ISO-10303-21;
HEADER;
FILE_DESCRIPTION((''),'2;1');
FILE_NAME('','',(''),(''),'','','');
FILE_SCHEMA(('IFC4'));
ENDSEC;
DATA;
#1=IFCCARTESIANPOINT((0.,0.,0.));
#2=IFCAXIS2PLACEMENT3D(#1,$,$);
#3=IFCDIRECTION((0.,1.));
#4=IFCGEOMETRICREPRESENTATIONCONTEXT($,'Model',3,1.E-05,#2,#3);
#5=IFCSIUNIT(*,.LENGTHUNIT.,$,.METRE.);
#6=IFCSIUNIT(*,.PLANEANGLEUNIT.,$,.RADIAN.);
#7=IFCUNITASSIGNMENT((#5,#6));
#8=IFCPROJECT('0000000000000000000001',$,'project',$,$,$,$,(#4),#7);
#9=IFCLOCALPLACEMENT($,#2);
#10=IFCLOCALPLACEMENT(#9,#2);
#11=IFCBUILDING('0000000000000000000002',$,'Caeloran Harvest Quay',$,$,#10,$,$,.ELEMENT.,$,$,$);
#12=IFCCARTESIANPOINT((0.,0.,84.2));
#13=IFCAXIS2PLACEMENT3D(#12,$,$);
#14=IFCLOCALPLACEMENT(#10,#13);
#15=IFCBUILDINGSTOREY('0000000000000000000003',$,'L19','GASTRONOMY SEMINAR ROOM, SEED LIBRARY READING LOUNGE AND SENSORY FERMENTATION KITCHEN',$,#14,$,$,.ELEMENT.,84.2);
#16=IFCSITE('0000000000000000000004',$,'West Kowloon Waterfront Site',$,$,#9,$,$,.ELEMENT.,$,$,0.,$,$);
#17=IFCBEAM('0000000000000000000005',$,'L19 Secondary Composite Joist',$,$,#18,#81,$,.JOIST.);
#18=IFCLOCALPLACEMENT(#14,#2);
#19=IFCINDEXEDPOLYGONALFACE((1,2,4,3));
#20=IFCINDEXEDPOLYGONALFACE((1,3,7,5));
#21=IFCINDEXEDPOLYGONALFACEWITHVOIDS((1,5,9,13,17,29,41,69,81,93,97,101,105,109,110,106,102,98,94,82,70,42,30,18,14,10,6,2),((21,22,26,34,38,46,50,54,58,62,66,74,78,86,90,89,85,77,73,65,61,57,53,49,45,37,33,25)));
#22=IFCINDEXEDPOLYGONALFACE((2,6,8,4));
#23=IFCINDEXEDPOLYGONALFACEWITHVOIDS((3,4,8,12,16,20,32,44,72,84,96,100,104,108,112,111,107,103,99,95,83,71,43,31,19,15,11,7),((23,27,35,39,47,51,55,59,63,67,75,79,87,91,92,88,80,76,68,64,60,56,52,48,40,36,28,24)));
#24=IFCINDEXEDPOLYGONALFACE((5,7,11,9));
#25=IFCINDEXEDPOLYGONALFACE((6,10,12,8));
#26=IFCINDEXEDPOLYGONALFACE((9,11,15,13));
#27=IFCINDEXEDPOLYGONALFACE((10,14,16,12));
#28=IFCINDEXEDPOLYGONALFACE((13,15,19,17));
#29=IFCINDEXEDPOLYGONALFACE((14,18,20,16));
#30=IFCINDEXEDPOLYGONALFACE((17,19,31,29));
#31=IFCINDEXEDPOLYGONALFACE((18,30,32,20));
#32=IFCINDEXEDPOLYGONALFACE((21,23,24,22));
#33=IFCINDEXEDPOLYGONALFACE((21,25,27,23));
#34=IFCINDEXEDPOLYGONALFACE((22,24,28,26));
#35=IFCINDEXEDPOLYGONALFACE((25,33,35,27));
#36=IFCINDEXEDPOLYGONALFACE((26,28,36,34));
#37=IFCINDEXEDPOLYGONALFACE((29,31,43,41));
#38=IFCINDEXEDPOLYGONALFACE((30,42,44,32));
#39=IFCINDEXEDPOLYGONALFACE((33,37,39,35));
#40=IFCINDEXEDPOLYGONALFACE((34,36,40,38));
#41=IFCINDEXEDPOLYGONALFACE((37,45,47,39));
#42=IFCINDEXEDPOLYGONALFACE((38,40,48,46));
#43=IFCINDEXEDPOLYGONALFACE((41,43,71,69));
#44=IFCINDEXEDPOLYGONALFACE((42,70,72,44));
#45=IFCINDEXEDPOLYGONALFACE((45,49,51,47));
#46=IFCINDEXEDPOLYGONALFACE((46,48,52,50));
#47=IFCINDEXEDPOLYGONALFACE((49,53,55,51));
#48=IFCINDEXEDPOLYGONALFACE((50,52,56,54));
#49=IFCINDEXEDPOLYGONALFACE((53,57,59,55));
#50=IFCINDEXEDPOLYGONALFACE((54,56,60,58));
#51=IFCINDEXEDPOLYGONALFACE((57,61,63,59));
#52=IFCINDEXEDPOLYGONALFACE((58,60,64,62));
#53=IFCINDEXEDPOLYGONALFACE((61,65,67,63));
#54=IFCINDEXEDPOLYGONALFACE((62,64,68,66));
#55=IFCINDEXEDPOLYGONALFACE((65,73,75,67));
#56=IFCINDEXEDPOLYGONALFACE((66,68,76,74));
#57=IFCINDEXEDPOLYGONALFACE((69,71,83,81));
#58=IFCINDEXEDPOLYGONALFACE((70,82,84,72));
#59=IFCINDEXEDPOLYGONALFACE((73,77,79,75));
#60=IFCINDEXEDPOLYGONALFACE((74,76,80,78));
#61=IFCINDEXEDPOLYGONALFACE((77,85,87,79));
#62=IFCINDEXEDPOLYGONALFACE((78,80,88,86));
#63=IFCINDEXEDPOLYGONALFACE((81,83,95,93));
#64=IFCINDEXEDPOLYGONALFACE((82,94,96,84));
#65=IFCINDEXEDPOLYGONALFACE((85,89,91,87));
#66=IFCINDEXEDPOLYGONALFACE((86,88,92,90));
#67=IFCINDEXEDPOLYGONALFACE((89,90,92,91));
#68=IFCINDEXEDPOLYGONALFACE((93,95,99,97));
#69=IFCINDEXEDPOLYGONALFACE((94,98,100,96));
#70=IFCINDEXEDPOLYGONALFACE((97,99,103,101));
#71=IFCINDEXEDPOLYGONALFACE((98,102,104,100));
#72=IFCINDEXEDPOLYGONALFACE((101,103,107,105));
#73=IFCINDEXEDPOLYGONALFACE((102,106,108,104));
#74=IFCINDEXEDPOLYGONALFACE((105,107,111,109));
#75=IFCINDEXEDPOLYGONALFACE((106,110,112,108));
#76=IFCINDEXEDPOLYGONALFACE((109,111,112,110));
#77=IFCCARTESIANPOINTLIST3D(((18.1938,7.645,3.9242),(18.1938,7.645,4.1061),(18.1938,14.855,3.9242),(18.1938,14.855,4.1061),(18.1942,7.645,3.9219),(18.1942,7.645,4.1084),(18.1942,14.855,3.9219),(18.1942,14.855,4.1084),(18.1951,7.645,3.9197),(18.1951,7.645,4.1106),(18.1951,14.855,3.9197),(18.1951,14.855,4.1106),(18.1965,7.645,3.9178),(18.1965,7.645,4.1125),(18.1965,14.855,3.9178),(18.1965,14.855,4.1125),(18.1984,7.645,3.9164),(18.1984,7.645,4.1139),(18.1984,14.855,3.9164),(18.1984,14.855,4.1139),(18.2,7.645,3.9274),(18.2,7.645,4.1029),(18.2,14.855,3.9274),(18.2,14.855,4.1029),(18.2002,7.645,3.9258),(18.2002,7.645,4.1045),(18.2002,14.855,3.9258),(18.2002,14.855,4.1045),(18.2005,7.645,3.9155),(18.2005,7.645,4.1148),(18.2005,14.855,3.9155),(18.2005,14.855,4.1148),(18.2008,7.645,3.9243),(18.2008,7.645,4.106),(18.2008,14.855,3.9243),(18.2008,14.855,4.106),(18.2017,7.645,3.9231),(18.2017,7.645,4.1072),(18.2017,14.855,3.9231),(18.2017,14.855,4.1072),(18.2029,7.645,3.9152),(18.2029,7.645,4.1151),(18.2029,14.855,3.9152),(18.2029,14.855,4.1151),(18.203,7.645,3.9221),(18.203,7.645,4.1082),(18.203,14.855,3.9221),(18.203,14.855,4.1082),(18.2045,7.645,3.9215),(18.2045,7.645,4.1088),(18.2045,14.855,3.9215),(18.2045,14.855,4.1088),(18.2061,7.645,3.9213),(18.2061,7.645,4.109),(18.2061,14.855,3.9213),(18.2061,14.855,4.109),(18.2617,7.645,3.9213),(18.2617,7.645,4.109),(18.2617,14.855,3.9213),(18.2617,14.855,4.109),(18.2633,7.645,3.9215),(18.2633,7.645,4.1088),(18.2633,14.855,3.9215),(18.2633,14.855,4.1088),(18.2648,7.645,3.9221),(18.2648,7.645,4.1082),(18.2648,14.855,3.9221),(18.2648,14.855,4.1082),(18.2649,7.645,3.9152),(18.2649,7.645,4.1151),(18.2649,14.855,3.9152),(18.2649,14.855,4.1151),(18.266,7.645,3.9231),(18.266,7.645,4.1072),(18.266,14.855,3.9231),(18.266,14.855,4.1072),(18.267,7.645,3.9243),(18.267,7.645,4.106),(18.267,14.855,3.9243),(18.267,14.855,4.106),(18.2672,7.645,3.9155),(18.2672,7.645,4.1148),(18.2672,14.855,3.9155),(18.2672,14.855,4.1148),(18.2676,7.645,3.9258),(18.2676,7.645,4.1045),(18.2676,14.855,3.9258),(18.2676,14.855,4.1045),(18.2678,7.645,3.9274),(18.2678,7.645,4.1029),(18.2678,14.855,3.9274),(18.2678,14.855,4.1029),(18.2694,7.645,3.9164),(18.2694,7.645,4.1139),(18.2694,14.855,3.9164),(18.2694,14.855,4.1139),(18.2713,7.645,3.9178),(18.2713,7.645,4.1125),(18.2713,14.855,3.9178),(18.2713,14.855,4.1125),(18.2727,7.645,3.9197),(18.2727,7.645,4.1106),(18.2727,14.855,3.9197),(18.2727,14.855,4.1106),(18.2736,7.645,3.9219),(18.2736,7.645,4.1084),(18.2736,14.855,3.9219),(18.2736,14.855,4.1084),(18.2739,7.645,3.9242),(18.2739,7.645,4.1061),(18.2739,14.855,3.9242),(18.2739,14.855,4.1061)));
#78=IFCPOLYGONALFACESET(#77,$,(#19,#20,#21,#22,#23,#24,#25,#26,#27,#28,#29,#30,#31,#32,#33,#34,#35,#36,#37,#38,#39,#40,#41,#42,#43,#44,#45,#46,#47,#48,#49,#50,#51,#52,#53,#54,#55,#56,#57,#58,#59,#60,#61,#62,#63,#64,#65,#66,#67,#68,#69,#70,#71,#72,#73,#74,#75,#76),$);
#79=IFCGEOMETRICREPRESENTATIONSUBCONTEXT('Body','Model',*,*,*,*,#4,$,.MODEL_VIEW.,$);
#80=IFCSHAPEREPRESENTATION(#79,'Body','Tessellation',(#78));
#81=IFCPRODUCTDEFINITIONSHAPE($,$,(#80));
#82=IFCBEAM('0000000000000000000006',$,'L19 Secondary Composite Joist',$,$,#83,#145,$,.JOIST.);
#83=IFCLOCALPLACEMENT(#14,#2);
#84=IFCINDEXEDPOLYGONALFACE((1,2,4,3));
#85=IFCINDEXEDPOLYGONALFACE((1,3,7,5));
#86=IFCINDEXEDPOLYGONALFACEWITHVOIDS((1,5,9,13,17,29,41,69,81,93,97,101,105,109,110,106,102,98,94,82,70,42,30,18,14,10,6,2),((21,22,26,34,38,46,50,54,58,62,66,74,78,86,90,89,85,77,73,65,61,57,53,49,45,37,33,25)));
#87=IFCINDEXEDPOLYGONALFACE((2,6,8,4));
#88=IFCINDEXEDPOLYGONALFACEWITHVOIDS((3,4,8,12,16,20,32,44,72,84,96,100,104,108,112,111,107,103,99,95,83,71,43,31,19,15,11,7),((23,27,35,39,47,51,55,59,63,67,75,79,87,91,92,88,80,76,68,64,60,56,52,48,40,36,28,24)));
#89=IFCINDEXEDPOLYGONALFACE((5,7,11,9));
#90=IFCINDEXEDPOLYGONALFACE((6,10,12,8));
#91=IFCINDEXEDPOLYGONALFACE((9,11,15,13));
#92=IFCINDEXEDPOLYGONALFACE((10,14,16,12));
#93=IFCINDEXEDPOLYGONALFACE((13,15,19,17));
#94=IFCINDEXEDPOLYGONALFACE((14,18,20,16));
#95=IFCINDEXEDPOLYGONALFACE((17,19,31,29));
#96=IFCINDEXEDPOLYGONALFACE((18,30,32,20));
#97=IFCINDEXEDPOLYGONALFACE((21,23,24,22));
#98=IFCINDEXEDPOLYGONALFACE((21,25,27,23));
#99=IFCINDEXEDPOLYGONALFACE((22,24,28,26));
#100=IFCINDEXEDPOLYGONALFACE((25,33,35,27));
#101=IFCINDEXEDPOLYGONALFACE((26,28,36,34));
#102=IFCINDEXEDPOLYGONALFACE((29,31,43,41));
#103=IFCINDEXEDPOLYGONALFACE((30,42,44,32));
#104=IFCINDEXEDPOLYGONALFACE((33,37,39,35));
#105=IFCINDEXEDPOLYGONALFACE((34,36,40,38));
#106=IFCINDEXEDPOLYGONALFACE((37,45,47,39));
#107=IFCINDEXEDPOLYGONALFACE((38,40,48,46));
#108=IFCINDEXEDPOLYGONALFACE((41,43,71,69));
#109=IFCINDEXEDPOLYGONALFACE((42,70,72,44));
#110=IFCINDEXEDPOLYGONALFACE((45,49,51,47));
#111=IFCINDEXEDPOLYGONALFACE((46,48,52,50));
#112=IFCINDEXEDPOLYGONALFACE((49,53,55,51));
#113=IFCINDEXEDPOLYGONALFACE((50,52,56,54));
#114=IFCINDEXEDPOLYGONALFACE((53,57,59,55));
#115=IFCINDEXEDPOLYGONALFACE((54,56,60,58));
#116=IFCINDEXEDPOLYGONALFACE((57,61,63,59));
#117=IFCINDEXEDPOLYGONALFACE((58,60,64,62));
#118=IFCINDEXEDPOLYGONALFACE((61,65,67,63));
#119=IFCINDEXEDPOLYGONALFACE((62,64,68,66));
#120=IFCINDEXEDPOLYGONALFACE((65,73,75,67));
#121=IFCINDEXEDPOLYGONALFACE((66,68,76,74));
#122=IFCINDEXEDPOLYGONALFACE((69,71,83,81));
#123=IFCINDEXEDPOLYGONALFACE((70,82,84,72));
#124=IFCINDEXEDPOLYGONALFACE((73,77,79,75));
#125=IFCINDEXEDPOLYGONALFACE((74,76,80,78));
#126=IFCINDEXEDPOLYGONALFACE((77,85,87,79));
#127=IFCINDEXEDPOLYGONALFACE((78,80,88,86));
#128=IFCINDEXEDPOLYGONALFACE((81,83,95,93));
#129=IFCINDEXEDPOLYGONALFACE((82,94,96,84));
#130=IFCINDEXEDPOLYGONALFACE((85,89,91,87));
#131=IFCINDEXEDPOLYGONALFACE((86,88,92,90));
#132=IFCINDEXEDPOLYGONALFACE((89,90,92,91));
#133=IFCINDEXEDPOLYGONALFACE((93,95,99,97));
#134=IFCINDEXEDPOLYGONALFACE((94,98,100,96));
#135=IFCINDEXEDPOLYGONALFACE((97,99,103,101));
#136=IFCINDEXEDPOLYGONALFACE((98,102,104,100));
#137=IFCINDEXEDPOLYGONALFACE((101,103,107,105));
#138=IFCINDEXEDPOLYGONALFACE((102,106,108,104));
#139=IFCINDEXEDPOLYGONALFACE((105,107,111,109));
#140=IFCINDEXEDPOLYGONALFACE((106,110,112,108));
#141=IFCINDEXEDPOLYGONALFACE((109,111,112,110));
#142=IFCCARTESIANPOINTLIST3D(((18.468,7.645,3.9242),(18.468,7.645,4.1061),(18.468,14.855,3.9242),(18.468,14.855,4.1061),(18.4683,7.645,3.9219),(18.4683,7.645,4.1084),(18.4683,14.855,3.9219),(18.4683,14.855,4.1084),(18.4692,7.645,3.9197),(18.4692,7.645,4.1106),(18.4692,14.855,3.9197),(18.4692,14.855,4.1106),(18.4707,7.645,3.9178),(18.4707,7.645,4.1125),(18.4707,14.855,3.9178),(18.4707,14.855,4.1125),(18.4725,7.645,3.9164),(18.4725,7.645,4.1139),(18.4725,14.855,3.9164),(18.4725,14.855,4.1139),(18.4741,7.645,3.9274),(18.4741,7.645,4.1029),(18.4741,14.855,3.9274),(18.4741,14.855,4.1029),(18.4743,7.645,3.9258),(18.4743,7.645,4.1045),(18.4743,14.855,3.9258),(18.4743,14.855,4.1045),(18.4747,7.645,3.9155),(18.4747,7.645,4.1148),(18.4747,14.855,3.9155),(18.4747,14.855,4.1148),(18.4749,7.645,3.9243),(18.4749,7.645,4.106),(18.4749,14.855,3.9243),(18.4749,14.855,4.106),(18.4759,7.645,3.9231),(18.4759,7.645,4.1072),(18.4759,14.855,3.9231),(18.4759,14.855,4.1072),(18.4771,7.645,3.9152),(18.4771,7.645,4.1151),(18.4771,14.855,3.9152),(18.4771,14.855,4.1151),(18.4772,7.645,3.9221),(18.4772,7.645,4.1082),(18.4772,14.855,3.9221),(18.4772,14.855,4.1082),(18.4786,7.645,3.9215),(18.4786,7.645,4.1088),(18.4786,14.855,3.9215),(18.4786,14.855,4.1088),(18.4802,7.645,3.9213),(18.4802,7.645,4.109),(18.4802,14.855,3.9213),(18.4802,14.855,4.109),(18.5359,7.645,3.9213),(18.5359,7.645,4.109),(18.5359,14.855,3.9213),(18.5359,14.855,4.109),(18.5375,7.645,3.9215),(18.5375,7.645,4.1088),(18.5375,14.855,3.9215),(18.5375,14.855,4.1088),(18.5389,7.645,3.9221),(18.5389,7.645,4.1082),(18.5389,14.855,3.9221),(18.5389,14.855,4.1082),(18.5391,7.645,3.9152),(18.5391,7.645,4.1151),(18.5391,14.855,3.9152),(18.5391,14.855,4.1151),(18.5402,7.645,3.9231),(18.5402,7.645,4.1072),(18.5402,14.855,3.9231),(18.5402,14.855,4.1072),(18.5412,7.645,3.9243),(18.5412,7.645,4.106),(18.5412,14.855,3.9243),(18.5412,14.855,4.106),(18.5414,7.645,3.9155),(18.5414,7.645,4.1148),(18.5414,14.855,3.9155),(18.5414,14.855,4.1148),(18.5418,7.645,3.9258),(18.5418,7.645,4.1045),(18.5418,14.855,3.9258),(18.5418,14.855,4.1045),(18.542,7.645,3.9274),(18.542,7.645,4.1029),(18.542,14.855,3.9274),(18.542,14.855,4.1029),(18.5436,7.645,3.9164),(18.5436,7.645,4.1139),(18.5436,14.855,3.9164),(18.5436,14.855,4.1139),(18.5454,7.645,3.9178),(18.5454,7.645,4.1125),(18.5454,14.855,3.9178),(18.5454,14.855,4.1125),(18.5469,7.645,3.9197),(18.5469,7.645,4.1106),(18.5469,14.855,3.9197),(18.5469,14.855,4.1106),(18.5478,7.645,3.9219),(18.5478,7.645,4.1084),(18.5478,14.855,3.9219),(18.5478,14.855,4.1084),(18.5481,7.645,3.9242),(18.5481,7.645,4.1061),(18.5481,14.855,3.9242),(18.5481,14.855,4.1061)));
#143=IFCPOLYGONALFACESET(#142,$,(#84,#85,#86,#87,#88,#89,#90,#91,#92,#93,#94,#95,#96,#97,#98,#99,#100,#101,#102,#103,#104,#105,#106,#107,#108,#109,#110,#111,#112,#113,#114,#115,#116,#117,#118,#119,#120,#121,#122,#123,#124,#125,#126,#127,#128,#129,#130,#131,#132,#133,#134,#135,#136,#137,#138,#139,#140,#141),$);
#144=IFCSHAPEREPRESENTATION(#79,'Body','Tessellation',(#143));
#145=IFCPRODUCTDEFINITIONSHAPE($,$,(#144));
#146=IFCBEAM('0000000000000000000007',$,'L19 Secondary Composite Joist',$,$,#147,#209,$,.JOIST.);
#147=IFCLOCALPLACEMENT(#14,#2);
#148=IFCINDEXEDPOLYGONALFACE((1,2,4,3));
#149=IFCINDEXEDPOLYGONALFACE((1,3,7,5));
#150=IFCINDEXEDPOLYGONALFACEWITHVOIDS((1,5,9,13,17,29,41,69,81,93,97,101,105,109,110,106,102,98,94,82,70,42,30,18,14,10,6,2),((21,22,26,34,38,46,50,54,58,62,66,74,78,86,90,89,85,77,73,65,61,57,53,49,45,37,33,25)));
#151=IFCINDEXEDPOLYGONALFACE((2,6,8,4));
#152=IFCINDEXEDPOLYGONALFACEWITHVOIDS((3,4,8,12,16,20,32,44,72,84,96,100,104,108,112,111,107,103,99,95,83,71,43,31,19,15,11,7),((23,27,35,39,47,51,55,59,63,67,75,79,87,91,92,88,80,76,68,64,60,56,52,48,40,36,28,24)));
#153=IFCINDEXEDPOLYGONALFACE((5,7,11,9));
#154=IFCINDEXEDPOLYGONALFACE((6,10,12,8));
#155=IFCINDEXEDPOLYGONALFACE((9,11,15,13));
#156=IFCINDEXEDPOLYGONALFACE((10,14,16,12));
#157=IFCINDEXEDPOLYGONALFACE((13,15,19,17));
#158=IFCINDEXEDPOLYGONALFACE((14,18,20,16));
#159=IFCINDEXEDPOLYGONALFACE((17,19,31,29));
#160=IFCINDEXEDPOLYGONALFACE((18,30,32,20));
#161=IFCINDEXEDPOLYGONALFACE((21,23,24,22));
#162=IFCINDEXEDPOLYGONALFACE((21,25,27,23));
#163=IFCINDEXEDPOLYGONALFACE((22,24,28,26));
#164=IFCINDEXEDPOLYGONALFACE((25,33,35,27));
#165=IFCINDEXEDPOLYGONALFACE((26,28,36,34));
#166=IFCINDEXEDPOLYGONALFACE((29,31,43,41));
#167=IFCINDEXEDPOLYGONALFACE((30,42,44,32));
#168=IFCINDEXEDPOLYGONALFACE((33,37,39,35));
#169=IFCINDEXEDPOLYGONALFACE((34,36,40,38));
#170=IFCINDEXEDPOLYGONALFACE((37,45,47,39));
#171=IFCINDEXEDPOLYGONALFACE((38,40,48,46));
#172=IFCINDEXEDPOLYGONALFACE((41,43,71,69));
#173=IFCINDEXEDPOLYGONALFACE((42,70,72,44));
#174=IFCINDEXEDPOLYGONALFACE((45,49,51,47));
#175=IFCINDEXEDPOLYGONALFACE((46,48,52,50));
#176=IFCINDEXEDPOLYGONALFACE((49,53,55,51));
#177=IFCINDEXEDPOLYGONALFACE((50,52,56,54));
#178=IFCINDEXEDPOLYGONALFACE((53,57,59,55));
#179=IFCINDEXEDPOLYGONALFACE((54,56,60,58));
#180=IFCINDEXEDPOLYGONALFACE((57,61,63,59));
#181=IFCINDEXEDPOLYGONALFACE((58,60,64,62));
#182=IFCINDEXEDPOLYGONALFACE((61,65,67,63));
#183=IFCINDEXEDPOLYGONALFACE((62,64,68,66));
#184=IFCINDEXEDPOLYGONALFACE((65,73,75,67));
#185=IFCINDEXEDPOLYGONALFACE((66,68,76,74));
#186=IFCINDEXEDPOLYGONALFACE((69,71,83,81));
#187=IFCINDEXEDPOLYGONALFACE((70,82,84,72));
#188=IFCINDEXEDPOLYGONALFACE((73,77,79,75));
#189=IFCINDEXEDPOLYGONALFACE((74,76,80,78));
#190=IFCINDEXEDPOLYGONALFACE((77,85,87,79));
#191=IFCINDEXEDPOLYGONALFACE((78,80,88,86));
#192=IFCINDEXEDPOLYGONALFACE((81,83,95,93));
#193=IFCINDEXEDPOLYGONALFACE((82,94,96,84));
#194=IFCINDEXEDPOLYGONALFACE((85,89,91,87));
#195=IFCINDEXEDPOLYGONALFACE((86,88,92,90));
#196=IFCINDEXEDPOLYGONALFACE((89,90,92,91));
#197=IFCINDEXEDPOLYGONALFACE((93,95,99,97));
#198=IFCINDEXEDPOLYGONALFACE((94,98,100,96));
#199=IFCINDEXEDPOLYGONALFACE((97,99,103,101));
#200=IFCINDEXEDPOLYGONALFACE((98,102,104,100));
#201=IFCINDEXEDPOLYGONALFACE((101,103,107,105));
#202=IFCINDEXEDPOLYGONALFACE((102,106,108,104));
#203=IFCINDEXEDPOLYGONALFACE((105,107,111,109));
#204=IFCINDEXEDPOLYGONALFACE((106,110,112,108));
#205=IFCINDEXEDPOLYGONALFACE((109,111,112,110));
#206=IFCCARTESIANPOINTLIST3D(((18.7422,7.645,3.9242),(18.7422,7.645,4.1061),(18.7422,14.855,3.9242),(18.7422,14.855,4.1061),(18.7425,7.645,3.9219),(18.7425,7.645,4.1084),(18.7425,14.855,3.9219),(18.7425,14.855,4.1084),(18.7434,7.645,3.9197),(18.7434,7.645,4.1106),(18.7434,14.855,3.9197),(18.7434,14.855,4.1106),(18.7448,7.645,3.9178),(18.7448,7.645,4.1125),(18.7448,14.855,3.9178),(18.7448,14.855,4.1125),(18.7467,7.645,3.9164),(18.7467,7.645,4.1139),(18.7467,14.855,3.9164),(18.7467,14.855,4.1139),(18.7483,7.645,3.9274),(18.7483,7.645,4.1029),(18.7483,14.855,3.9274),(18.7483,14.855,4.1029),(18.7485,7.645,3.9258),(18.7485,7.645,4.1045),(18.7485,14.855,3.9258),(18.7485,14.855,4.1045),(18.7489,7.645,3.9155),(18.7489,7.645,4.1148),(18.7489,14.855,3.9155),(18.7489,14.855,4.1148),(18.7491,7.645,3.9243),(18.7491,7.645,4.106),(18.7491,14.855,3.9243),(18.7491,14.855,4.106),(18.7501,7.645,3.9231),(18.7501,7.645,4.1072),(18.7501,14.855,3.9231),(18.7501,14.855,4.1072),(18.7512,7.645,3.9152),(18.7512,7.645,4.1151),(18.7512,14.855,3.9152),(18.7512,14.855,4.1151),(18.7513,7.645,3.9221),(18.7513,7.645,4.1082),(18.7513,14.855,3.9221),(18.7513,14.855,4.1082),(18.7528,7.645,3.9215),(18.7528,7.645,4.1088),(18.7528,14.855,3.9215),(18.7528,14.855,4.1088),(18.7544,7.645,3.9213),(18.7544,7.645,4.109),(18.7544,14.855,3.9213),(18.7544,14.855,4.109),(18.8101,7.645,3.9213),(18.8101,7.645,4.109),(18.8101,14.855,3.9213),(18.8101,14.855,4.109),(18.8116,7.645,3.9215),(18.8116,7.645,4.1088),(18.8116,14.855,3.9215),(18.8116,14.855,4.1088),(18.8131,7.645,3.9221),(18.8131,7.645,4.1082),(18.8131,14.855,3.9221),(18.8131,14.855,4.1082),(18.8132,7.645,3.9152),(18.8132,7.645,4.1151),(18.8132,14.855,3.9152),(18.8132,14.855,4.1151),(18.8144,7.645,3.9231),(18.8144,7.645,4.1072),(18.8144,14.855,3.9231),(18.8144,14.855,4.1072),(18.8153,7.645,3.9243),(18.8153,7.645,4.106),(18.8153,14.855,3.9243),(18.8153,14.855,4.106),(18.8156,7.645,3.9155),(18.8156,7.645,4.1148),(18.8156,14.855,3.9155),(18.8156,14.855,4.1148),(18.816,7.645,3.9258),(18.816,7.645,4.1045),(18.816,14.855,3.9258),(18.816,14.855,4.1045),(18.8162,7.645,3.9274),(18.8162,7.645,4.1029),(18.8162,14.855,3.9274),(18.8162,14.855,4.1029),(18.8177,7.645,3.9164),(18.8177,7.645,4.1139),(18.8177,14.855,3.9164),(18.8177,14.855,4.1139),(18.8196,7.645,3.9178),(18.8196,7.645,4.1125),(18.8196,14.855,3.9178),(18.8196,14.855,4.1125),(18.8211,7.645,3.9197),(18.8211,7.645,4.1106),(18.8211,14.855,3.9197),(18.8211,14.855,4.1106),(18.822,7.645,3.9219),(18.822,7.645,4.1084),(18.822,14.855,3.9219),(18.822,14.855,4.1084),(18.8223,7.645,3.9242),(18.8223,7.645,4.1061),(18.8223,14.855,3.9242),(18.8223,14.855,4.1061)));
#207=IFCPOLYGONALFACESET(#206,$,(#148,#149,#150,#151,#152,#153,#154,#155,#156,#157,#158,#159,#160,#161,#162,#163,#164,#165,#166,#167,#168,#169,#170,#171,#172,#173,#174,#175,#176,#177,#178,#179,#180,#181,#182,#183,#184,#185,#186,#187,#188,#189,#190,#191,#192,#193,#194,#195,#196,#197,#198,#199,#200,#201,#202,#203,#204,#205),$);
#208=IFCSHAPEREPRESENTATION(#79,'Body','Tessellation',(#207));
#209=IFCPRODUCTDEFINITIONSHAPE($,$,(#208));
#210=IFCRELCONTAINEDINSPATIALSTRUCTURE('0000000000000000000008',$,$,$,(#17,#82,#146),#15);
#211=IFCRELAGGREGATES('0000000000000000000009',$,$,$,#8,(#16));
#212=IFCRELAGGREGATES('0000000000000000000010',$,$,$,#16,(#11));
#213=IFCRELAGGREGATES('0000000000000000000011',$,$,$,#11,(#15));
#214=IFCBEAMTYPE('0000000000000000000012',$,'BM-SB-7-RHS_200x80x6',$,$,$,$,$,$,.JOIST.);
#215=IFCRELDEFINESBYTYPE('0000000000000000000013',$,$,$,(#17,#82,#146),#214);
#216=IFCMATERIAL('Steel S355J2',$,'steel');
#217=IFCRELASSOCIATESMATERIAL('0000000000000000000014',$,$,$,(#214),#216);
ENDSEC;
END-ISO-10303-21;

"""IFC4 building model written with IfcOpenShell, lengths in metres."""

from ifc_helpers import new_model, si_unit, direction, frame, origin, origin_2d, place, context, subcontext, project, spatial, hollow_rectangle, extrude, material, material_profile, profile_set, type_object, element, save


model = new_model("IFC4")

# Units and contexts
model_context = context("Model", 3, precision=1e-05, world=origin(), true_north=direction((0.0, 1.0)))
body_context = subcontext(model_context, "Body", "Model", "MODEL_VIEW")
ifc_project = project(units=[si_unit("LENGTHUNIT", "METRE"), si_unit("PLANEANGLEUNIT", "RADIAN")], contexts=[model_context])

# Site, building, storey
site_placement = place(None, origin())
site = spatial("IfcSite", under=ifc_project, at=site_placement, Name="West Kowloon Waterfront Site", CompositionType="ELEMENT", RefElevation=0.0)
building_placement = place(site_placement, origin())
building = spatial("IfcBuilding", under=site, at=building_placement, Name="Caeloran Harvest Quay", CompositionType="ELEMENT")
storey_placement = place(building_placement, frame((0.0, 0.0, 84.2)))
storey = spatial("IfcBuildingStorey", under=building, at=storey_placement, Name="L19", Description="GASTRONOMY SEMINAR ROOM, SEED LIBRARY READING LOUNGE AND SENSORY FERMENTATION KITCHEN", CompositionType="ELEMENT", Elevation=84.2)

# Beams
ifc_material_1 = material(Name="Steel S355J2", Category="steel")
ifc_material_profile_1 = material_profile(ifc_material_1, hollow_rectangle(XDim=0.0801, YDim=0.2, WallThickness=0.0061, InnerFilletRadius=0.0061, OuterFilletRadius=0.009, at=origin_2d()), Name="RHS 200x80x6")
ifc_profile_set_1 = profile_set([ifc_material_profile_1], Name="Steel S355J2")
beam_type_1 = type_object("IfcBeamType", Name="BM-SB-7-RHS_200x80x6", PredefinedType="JOIST", material=ifc_profile_set_1)
for number, where, z_axis, x_axis, name in (
    (1, (18.2339, 7.645, 4.0151), (0.0, 1.0, 0.0), (-1.0, 0.0, 0.0), "L19 Secondary Composite Joist"),
    (2, (18.5081, 7.645, 4.0151), (0.0, 1.0, 0.0), (-1.0, 0.0, 0.0), "L19 Secondary Composite Joist"),
    (3, (18.7822, 7.645, 4.0151), (0.0, 1.0, 0.0), (-1.0, 0.0, 0.0), "L19 Secondary Composite Joist"),
):
    element("IfcBeam", number, at=place(storey_placement, frame(where, z_axis=z_axis, x_axis=x_axis)), inside=storey, type_object=beam_type_1, Name=name, PredefinedType="JOIST", context=body_context, shape_type="SweptSolid", body=[
        extrude(hollow_rectangle(XDim=0.0801, YDim=0.2, WallThickness=0.0061, InnerFilletRadius=0.0061, OuterFilletRadius=0.009, at=origin_2d()), origin(), (0.0, 0.0, 1.0), 7.21),
    ])

save(model, "model.ifc")
